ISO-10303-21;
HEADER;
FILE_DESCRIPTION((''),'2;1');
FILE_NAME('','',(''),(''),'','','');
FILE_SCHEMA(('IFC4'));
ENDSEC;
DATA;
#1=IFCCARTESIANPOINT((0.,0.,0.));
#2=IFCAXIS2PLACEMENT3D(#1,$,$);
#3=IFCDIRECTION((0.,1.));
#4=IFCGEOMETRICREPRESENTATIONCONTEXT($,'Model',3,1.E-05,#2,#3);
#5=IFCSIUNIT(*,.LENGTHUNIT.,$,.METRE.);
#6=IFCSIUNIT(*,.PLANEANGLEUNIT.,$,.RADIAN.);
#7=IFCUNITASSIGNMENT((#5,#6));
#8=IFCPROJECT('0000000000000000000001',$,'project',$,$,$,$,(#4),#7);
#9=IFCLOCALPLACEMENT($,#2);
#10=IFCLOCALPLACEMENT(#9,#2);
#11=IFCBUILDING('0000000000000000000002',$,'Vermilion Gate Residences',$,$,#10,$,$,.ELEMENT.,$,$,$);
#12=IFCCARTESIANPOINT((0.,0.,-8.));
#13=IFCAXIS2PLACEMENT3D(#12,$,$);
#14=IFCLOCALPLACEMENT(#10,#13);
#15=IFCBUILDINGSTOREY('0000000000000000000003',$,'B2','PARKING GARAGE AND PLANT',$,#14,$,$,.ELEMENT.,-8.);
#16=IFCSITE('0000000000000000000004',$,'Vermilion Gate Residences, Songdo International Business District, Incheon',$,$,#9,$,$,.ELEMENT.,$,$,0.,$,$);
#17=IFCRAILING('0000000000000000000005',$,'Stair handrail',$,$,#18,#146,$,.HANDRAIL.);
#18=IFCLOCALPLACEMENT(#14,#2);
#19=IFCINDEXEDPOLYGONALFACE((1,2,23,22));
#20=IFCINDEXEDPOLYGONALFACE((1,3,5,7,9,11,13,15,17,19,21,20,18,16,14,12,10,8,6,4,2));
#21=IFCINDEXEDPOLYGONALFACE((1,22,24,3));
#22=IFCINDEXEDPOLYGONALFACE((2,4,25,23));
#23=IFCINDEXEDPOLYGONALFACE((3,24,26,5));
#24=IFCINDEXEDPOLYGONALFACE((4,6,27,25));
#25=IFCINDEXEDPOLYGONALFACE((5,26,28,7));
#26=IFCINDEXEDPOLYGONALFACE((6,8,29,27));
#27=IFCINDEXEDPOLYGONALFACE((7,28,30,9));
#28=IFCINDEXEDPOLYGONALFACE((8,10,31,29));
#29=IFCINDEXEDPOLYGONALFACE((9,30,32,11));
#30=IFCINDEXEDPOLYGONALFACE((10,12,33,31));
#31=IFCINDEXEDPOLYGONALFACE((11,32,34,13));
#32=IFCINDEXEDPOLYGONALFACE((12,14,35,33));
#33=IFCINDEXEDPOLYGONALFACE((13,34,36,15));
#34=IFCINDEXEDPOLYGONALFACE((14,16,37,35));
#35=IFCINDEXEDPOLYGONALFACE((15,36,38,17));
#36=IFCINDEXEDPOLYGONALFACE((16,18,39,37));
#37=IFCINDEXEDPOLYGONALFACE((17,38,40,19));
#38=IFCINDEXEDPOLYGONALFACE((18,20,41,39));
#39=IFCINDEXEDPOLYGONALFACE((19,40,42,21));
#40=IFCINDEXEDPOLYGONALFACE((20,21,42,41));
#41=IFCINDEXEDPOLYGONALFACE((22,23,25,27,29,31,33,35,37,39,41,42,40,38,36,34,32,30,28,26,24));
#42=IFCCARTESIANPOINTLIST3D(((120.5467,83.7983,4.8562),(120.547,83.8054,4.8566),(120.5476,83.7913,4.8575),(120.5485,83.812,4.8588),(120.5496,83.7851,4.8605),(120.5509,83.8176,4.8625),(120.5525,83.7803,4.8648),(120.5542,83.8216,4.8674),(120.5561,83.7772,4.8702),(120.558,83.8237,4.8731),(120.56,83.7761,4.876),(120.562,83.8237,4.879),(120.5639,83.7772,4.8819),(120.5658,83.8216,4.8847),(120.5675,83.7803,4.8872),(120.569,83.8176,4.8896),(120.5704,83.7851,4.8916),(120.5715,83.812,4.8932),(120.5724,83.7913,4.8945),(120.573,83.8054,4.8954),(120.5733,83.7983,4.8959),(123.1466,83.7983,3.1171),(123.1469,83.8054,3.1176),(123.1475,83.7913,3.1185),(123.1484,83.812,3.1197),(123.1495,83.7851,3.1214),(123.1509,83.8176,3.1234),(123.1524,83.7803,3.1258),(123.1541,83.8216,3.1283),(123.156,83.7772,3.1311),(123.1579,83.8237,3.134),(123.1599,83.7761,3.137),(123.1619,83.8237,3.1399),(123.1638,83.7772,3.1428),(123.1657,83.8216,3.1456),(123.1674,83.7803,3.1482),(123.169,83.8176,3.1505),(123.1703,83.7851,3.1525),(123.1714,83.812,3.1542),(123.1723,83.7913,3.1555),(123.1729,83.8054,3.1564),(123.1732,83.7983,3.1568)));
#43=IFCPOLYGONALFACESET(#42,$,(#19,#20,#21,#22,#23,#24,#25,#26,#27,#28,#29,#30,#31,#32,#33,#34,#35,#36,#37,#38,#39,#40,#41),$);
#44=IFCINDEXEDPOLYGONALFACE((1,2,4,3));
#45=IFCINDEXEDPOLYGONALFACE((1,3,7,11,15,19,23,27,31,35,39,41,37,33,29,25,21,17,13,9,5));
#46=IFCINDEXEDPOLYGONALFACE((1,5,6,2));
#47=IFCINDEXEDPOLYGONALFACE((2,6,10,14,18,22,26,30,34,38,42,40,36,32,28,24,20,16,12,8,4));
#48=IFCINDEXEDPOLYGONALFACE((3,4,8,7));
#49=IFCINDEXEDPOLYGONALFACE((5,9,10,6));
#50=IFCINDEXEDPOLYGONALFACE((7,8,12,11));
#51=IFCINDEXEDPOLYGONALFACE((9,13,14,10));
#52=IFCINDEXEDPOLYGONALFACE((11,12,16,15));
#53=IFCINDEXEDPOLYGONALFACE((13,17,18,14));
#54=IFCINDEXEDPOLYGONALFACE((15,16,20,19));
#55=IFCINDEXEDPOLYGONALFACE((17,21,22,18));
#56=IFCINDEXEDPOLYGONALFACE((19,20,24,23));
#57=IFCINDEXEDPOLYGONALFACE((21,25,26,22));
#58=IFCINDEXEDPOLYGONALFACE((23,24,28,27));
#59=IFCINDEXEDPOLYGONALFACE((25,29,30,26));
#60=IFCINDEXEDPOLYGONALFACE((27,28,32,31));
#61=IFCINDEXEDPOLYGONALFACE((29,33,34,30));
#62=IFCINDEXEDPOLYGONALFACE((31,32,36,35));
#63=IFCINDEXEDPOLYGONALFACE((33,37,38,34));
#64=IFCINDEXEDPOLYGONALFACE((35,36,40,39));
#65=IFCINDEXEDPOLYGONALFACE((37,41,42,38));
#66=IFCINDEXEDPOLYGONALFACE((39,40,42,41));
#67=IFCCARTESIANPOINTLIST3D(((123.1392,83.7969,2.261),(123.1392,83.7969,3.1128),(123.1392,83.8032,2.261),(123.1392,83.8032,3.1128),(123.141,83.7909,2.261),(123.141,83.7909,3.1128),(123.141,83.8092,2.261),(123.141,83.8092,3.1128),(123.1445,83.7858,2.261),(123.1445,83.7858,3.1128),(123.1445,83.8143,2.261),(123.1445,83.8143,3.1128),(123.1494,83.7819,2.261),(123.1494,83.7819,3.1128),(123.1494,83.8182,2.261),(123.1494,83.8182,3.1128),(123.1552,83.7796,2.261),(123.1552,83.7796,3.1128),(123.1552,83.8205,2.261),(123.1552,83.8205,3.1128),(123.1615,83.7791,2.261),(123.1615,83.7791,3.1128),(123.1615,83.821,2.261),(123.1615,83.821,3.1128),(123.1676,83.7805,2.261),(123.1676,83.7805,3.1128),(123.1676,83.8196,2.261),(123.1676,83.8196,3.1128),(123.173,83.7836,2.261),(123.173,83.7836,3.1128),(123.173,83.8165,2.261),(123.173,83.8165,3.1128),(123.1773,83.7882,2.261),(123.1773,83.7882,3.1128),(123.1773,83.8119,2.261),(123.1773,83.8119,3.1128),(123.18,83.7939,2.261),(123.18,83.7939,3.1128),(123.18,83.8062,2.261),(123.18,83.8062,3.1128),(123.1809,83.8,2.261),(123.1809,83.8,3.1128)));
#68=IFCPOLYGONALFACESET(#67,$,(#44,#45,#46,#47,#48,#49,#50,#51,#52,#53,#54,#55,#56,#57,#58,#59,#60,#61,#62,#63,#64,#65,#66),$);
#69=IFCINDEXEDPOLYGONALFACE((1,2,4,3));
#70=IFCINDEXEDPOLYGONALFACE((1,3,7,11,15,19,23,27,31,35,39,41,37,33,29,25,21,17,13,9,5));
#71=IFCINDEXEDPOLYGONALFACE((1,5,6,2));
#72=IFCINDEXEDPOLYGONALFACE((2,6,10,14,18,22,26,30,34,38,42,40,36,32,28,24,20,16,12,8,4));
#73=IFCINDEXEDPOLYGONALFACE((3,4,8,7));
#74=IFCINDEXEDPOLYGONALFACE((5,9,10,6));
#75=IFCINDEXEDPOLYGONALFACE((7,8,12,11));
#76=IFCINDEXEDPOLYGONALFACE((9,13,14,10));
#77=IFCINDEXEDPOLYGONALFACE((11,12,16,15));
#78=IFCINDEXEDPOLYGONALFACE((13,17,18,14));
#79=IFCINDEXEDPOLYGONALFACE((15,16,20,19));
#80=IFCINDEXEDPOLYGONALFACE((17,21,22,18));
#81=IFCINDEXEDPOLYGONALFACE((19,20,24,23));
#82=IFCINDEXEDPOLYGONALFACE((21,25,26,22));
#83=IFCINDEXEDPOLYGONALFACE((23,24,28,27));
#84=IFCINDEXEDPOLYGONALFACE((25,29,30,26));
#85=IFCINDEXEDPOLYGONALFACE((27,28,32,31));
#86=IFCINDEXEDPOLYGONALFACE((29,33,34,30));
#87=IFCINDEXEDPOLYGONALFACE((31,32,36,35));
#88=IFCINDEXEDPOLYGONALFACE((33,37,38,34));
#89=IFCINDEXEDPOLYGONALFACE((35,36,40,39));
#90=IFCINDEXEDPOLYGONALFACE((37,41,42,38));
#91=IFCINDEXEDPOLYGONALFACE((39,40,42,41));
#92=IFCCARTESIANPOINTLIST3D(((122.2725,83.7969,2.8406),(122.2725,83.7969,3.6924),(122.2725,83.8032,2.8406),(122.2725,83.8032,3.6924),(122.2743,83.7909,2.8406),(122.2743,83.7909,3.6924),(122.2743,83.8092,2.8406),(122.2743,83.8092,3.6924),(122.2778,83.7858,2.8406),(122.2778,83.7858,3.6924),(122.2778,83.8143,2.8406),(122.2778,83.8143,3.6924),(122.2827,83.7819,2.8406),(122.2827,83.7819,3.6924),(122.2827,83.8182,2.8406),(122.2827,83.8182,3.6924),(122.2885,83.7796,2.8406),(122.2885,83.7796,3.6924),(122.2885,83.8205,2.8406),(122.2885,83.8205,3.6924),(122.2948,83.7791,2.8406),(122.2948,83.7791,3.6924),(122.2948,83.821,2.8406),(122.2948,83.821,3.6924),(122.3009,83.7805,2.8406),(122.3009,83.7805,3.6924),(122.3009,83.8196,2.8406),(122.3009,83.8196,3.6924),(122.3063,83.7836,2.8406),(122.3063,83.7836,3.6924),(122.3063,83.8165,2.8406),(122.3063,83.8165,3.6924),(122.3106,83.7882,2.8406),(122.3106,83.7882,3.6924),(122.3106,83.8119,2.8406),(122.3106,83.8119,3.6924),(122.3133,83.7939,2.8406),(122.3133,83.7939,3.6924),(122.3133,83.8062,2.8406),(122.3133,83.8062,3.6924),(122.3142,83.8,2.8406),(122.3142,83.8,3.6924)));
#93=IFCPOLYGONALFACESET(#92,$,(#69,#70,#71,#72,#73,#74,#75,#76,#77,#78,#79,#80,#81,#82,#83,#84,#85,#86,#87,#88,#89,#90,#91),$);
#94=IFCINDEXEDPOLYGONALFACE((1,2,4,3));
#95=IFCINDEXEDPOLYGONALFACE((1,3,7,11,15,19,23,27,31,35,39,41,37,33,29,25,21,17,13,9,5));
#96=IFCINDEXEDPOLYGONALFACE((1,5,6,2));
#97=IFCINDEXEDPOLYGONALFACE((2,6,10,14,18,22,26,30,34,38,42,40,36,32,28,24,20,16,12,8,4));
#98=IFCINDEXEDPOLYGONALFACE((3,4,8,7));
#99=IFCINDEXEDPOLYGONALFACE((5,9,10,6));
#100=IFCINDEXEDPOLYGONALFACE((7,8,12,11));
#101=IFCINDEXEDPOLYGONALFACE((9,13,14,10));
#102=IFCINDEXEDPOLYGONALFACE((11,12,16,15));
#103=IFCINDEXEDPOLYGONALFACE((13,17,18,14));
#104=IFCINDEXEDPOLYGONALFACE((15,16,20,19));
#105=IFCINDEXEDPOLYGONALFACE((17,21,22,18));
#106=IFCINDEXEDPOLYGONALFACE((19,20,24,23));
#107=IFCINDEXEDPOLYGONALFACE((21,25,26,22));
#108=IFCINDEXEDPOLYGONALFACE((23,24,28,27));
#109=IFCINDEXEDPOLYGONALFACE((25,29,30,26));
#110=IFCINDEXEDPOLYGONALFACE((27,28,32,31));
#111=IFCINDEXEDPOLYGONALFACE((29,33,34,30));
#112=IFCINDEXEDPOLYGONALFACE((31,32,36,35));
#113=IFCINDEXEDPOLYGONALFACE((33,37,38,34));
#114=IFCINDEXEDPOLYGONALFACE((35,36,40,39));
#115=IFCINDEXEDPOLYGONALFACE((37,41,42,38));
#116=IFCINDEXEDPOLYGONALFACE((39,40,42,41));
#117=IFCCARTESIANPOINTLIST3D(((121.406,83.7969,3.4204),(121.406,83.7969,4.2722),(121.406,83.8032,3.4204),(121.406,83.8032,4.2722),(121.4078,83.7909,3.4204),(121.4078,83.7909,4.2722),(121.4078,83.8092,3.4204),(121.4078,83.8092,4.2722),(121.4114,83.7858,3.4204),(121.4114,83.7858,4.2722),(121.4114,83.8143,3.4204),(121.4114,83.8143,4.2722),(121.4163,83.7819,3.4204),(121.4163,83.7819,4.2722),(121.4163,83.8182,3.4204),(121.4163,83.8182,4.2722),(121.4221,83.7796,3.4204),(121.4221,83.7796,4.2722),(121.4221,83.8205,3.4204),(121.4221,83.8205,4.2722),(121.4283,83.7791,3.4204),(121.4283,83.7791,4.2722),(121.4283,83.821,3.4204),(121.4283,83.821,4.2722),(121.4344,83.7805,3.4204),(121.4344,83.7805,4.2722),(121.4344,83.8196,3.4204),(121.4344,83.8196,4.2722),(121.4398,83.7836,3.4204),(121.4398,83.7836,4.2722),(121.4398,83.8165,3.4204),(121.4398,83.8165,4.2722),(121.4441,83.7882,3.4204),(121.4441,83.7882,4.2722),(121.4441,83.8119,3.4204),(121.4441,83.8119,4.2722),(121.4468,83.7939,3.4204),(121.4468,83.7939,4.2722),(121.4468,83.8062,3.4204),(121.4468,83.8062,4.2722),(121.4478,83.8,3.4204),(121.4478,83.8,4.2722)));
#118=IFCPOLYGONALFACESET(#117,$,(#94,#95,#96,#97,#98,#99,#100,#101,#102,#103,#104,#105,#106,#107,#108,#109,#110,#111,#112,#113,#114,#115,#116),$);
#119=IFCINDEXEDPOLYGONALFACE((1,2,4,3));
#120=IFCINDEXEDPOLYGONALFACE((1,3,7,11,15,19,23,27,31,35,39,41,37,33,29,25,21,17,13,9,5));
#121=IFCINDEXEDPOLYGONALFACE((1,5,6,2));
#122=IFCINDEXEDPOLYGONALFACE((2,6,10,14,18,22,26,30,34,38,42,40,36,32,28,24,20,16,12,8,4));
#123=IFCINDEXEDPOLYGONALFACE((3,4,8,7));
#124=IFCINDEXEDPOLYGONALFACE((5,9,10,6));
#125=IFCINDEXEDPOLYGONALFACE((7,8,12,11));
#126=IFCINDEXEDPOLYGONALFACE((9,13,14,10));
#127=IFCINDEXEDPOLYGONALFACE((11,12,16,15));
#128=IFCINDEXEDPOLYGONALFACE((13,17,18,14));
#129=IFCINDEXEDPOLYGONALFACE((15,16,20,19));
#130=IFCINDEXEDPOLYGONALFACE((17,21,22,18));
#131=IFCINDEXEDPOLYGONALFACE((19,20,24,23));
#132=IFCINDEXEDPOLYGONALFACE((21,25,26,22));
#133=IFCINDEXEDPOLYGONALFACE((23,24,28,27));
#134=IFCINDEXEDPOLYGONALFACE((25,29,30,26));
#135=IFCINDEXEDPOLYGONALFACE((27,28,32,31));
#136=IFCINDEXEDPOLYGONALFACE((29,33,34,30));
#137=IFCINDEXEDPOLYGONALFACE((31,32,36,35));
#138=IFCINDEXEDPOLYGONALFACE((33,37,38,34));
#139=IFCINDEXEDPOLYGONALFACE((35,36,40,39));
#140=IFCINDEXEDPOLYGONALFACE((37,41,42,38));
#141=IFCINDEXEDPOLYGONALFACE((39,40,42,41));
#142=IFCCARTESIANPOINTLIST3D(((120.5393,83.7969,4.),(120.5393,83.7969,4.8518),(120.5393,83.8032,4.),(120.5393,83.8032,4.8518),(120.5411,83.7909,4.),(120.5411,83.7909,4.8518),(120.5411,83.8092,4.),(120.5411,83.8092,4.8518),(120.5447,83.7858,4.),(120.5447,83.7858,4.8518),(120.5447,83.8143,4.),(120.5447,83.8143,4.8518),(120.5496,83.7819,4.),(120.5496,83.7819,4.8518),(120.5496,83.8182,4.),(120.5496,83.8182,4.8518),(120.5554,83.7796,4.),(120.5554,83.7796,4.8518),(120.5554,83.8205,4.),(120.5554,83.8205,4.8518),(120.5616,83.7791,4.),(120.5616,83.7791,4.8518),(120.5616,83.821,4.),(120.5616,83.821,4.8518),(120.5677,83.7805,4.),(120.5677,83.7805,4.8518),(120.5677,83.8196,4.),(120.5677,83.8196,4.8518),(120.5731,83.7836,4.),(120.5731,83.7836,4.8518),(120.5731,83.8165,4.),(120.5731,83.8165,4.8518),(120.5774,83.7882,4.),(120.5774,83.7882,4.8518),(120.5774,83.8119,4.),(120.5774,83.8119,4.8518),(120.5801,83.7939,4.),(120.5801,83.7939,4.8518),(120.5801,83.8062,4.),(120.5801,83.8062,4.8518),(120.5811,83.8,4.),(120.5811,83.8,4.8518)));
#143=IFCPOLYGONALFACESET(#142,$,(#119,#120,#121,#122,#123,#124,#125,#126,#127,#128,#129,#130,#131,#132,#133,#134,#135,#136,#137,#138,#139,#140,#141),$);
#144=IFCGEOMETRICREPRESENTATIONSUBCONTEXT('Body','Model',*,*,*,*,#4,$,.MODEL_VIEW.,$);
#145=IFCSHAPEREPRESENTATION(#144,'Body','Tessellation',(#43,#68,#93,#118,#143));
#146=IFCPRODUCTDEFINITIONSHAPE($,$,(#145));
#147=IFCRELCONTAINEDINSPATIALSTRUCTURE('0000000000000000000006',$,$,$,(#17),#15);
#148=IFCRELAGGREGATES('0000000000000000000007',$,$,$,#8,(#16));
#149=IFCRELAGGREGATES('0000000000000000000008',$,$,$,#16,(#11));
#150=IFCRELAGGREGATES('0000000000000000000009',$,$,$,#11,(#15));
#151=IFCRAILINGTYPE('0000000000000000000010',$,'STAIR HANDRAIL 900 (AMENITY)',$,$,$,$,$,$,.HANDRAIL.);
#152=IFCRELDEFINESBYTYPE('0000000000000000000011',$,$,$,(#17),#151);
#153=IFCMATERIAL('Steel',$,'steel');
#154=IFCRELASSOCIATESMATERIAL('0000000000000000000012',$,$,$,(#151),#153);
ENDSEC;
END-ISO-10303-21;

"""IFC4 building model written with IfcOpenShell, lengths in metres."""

from ifc_helpers import new_model, si_unit, direction, frame, origin, origin_2d, place, context, subcontext, project, spatial, circle, extrude, material, type_object, element, save


model = new_model("IFC4")

# Units and contexts
model_context = context("Model", 3, precision=1e-05, world=origin(), true_north=direction((0.0, 1.0)))
body_context = subcontext(model_context, "Body", "Model", "MODEL_VIEW")
ifc_project = project(units=[si_unit("LENGTHUNIT", "METRE"), si_unit("PLANEANGLEUNIT", "RADIAN")], contexts=[model_context])

# Site, building, storey
site_placement = place(None, origin())
site = spatial("IfcSite", under=ifc_project, at=site_placement, Name="Vermilion Gate Residences, Songdo International Business District, Incheon", CompositionType="ELEMENT", RefElevation=0.0)
building_placement = place(site_placement, origin())
building = spatial("IfcBuilding", under=site, at=building_placement, Name="Vermilion Gate Residences", CompositionType="ELEMENT")
storey_placement = place(building_placement, frame((0.0, 0.0, -8.0)))
storey = spatial("IfcBuildingStorey", under=building, at=storey_placement, Name="B2", Description="PARKING GARAGE AND PLANT", CompositionType="ELEMENT", Elevation=-8.0)

# Railing
ifc_material_1 = material(Name="Steel", Category="steel")
railing_type = type_object("IfcRailingType", Name="STAIR HANDRAIL 900 (AMENITY)", PredefinedType="HANDRAIL", material=ifc_material_1)
railing_1_placement = place(storey_placement, frame((123.1599, 83.8, 2.261)))
element("IfcRailing", 1, at=railing_1_placement, inside=storey, type_object=railing_type, Name="Stair handrail", PredefinedType="HANDRAIL", context=body_context, shape_type="SweptSolid", body=[
    extrude(circle(Radius=0.0239, at=origin_2d()), frame((0.0, 0.0, 0.876), z_axis=(-0.831197, 0.0, 0.555978), x_axis=(0.0, -1.0, 0.0)), (0.0, 0.0, 1.0), 3.1279),
    extrude(circle(Radius=0.021, at=origin_2d()), origin(), (0.0, 0.0, 1.0), 0.8518),
    extrude(circle(Radius=0.021, at=origin_2d()), frame((-0.8667, 0.0, 0.5796)), (0.0, 0.0, 1.0), 0.8518),
    extrude(circle(Radius=0.021, at=origin_2d()), frame((-1.7332, 0.0, 1.1594)), (0.0, 0.0, 1.0), 0.8518),
    extrude(circle(Radius=0.021, at=origin_2d()), frame((-2.5999, 0.0, 1.739)), (0.0, 0.0, 1.0), 0.8518),
])

save(model, "model.ifc")
